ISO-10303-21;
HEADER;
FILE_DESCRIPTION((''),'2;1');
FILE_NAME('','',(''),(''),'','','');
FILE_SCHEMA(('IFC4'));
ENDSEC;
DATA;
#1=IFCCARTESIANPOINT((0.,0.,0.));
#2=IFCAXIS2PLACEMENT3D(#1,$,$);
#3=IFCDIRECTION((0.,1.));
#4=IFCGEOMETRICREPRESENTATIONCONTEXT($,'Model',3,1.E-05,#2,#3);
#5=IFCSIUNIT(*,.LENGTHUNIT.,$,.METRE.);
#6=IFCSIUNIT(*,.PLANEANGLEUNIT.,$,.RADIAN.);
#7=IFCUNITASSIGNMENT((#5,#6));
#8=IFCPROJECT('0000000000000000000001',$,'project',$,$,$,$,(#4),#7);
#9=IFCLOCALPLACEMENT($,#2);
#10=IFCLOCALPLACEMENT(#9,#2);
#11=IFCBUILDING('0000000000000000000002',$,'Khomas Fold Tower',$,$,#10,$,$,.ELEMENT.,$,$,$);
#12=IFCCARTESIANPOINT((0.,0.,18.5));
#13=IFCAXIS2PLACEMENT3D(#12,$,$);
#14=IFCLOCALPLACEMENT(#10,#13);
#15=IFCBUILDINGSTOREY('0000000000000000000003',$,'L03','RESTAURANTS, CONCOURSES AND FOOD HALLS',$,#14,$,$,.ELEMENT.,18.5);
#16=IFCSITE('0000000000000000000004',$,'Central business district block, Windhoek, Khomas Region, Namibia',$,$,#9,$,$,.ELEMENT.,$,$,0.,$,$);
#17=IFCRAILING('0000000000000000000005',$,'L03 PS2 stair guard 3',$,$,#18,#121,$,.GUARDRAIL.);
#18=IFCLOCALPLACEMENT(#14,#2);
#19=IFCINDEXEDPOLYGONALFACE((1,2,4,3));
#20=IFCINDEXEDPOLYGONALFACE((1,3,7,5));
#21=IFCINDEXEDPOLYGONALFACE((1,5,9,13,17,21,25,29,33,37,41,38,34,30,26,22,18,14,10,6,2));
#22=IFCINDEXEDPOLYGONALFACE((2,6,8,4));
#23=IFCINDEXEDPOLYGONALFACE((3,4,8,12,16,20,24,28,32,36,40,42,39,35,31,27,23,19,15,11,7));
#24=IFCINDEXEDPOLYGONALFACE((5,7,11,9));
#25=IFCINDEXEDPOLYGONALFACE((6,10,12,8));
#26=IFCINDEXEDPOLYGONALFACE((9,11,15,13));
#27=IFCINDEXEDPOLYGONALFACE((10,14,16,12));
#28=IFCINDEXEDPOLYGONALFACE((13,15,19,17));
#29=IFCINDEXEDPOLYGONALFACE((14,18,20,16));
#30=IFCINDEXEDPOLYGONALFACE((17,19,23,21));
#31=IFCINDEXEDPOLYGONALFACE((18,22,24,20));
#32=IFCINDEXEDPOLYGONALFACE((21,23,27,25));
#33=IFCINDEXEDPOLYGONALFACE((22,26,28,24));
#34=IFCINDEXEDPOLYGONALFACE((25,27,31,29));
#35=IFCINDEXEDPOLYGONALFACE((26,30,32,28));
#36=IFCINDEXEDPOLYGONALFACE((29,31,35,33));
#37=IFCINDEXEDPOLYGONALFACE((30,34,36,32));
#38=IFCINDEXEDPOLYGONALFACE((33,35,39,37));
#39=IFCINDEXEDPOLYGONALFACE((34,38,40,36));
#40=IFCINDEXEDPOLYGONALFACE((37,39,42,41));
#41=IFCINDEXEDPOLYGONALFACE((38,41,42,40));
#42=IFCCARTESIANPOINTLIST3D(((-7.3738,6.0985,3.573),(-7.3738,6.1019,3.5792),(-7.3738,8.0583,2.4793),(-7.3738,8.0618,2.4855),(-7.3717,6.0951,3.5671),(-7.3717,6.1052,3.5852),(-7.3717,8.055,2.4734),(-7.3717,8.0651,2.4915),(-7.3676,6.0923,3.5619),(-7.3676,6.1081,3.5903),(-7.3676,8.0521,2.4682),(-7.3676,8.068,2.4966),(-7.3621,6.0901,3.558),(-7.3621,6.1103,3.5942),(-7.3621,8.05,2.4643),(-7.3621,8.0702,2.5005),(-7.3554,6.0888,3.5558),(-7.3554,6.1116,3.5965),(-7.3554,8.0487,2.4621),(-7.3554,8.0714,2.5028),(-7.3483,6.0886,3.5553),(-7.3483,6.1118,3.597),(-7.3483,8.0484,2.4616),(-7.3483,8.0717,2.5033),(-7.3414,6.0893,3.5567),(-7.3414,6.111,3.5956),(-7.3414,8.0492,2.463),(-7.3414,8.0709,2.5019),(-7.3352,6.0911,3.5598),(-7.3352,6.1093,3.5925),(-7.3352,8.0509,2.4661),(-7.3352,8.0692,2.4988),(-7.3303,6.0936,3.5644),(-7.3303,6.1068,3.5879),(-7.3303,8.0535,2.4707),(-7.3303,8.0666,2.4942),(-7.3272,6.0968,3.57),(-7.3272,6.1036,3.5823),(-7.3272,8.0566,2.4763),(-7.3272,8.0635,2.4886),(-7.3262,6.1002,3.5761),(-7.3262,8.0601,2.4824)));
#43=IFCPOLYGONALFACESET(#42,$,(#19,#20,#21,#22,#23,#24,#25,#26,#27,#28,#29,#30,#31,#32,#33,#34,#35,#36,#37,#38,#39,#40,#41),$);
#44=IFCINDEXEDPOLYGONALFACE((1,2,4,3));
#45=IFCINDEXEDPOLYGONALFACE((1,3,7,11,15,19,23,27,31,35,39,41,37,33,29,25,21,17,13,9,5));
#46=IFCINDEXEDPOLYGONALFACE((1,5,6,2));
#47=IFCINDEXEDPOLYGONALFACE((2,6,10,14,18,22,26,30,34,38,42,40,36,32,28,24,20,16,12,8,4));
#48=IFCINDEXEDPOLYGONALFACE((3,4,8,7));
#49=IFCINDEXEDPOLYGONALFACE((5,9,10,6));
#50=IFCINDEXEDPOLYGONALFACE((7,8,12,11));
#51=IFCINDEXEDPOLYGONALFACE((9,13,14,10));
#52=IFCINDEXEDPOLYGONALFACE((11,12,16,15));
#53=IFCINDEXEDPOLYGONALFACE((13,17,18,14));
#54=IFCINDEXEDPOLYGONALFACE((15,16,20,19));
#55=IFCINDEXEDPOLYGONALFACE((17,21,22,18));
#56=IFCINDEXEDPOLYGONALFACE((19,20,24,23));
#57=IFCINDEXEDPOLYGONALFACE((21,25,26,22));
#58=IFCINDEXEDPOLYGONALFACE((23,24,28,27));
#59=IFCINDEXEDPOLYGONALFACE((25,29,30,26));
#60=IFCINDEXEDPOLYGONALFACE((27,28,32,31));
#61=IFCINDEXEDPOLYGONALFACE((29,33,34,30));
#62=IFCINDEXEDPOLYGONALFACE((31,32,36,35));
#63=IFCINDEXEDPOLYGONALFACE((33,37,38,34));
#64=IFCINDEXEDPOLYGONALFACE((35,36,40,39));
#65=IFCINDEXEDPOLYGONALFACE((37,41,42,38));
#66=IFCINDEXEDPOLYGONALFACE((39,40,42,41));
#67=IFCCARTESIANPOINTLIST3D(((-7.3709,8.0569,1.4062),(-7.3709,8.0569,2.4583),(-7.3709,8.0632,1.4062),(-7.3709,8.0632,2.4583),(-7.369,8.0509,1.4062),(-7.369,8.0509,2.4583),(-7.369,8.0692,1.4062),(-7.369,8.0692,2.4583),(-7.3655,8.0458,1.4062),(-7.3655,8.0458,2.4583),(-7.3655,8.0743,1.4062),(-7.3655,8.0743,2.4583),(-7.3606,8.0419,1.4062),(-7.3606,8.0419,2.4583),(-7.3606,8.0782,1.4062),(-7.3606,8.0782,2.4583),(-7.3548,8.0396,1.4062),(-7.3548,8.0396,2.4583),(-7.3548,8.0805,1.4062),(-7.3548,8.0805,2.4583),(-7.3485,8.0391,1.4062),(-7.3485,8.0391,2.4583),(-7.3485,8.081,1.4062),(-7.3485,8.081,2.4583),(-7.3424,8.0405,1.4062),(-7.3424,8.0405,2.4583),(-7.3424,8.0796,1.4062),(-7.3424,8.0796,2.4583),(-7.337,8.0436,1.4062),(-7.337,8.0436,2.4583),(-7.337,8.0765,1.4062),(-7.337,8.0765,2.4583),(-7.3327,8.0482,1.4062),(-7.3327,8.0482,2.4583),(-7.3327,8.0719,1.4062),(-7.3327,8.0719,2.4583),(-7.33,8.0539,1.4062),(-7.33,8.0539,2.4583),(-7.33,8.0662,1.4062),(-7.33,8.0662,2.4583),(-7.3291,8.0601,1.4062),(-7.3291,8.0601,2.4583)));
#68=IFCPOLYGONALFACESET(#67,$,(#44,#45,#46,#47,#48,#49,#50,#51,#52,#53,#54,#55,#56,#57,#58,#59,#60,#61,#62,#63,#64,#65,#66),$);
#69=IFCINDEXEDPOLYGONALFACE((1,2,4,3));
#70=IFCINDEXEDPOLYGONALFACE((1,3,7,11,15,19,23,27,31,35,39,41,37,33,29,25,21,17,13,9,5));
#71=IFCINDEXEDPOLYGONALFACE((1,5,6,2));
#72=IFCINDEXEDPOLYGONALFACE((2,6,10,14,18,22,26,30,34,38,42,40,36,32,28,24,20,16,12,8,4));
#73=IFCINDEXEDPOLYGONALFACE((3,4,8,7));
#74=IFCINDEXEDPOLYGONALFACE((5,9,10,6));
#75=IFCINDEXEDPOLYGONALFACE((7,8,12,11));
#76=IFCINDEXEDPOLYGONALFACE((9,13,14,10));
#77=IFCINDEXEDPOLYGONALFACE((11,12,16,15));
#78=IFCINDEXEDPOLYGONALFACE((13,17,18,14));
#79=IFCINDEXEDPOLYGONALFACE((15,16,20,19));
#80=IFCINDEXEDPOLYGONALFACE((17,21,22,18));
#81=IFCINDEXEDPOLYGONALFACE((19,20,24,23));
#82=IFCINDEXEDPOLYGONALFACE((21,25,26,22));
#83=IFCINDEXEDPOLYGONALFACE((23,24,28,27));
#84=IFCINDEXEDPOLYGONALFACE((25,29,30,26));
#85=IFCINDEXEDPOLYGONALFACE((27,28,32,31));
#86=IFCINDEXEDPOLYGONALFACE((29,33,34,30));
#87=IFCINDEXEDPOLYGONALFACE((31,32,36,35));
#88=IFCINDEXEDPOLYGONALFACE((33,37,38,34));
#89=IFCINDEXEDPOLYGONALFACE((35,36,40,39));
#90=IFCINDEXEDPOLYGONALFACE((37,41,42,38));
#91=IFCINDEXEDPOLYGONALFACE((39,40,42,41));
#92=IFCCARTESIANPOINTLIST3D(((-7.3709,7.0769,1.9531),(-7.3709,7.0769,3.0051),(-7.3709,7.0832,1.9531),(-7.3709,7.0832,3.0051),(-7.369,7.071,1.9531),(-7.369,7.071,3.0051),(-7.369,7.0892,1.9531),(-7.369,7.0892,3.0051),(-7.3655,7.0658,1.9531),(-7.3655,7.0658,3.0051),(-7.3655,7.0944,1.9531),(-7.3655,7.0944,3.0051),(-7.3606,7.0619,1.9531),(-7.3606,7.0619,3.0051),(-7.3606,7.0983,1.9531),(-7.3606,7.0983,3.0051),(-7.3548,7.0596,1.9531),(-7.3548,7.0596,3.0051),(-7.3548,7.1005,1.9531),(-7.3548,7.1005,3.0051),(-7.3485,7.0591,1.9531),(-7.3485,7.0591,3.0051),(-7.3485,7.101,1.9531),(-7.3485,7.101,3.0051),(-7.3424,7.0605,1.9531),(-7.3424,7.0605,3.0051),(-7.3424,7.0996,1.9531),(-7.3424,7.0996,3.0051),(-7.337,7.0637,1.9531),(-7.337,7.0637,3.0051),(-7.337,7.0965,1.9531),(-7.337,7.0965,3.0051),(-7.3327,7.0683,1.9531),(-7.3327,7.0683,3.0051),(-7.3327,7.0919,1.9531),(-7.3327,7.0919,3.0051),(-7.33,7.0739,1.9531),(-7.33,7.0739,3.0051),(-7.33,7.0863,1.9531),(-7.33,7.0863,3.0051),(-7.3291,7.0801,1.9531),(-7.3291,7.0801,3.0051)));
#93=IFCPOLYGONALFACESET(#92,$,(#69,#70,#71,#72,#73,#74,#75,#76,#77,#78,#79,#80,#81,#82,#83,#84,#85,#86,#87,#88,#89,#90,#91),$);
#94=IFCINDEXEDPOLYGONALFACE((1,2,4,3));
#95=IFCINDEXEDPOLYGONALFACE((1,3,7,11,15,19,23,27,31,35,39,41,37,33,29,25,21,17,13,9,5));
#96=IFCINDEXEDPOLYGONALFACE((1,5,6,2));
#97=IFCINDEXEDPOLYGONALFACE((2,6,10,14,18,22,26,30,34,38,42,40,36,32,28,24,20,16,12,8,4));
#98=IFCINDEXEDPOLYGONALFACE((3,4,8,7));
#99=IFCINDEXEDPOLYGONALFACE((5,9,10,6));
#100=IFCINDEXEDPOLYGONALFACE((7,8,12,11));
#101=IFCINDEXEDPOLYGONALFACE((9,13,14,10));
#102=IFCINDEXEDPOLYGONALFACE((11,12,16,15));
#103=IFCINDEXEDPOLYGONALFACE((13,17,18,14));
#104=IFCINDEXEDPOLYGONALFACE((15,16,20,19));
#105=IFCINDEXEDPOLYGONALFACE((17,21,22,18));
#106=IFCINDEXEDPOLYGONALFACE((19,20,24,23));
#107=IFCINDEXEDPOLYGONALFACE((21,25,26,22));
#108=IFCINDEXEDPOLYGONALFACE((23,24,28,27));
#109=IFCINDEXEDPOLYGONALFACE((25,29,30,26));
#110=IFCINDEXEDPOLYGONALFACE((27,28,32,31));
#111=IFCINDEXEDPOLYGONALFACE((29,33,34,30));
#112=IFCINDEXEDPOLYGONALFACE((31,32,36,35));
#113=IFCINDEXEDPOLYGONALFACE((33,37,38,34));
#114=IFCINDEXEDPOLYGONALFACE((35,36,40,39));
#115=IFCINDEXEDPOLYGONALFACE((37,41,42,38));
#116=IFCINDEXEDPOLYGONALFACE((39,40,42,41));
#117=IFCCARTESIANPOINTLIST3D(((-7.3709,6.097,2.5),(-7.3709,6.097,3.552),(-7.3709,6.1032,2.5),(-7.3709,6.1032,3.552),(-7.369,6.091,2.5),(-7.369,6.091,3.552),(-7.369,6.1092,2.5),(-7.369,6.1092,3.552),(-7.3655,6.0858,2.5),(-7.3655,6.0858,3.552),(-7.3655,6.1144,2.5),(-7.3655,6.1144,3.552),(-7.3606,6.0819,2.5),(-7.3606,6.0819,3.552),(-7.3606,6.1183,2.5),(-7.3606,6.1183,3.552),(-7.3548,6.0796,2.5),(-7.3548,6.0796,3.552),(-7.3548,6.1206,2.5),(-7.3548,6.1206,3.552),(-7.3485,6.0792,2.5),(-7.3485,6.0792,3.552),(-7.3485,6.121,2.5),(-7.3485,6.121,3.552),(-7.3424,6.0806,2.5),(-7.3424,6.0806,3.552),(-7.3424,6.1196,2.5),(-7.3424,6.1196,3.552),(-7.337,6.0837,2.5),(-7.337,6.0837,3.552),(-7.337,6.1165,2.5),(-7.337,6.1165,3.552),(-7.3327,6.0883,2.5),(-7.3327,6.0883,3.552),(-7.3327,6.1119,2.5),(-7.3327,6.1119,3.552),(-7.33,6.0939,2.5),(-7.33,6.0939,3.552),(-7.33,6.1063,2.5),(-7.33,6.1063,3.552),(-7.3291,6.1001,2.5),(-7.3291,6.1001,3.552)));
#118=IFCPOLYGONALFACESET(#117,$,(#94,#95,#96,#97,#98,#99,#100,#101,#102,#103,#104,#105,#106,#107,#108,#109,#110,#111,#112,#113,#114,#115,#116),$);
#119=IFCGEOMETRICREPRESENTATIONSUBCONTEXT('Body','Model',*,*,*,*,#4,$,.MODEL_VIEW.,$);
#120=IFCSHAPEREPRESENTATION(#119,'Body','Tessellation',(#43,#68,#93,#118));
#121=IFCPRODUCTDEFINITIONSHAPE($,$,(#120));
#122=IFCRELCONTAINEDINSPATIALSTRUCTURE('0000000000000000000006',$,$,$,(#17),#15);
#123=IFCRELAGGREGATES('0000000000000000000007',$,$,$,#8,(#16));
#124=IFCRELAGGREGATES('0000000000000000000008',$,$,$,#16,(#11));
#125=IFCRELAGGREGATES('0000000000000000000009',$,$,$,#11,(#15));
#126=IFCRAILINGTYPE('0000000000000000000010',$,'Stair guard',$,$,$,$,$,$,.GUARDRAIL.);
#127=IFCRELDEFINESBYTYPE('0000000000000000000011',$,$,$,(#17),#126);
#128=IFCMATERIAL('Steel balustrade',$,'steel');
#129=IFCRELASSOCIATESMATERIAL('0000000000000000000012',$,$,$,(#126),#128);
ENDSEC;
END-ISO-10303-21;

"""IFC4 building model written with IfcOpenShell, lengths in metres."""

from ifc_helpers import new_model, si_unit, direction, frame, origin, origin_2d, place, context, subcontext, project, spatial, circle, extrude, source, transform, mapped, material, type_object, element, save


model = new_model("IFC4")

# Units and contexts
model_context = context("Model", 3, precision=1e-05, world=origin(), true_north=direction((0.0, 1.0)))
body_context = subcontext(model_context, "Body", "Model", "MODEL_VIEW")
ifc_project = project(units=[si_unit("LENGTHUNIT", "METRE"), si_unit("PLANEANGLEUNIT", "RADIAN")], contexts=[model_context])

# Site, building, storey
site_placement = place(None, origin())
site = spatial("IfcSite", under=ifc_project, at=site_placement, Name="Central business district block, Windhoek, Khomas Region, Namibia", CompositionType="ELEMENT", RefElevation=0.0)
building_placement = place(site_placement, origin())
building = spatial("IfcBuilding", under=site, at=building_placement, Name="Khomas Fold Tower", CompositionType="ELEMENT")
storey_placement = place(building_placement, frame((0.0, 0.0, 18.5)))
storey = spatial("IfcBuildingStorey", under=building, at=storey_placement, Name="L03", Description="RESTAURANTS, CONCOURSES AND FOOD HALLS", CompositionType="ELEMENT", Elevation=18.5)

# Railing
ifc_material_1 = material(Name="Steel balustrade", Category="steel")
railing_type_1 = type_object("IfcRailingType", Name="Stair guard", PredefinedType="GUARDRAIL", material=ifc_material_1)
shared_shape_1 = source(origin(), body_context, "Body", "SweptSolid", [
    extrude(circle(Radius=0.0239, at=origin_2d()), frame((0.0, 0.0, 1.0762), z_axis=(0.0, -0.873232, 0.487304), x_axis=(1.0, 0.0, 0.0)), (0.0, 0.0, 1.0), 2.2444),
    extrude(circle(Radius=0.021, at=origin_2d()), origin(), (0.0, 0.0, 1.0), 1.052),
    extrude(circle(Radius=0.021, at=origin_2d()), frame((0.0, -0.98, 0.5469)), (0.0, 0.0, 1.0), 1.052),
    extrude(circle(Radius=0.021, at=origin_2d()), frame((0.0, -1.96, 1.0938)), (0.0, 0.0, 1.0), 1.052),
])
for number, where, name in (
    (1, (-7.3501, 8.0601, 1.4062), "L03 PS2 stair guard 3"),
):
    element("IfcRailing", number, at=place(storey_placement, frame(where)), inside=storey, type_object=railing_type_1, Name=name, PredefinedType="GUARDRAIL", context=body_context, shape_type="MappedRepresentation", body=[
        mapped(shared_shape_1, transform((0.0, 0.0, 0.0))),
    ])

save(model, "model.ifc")
